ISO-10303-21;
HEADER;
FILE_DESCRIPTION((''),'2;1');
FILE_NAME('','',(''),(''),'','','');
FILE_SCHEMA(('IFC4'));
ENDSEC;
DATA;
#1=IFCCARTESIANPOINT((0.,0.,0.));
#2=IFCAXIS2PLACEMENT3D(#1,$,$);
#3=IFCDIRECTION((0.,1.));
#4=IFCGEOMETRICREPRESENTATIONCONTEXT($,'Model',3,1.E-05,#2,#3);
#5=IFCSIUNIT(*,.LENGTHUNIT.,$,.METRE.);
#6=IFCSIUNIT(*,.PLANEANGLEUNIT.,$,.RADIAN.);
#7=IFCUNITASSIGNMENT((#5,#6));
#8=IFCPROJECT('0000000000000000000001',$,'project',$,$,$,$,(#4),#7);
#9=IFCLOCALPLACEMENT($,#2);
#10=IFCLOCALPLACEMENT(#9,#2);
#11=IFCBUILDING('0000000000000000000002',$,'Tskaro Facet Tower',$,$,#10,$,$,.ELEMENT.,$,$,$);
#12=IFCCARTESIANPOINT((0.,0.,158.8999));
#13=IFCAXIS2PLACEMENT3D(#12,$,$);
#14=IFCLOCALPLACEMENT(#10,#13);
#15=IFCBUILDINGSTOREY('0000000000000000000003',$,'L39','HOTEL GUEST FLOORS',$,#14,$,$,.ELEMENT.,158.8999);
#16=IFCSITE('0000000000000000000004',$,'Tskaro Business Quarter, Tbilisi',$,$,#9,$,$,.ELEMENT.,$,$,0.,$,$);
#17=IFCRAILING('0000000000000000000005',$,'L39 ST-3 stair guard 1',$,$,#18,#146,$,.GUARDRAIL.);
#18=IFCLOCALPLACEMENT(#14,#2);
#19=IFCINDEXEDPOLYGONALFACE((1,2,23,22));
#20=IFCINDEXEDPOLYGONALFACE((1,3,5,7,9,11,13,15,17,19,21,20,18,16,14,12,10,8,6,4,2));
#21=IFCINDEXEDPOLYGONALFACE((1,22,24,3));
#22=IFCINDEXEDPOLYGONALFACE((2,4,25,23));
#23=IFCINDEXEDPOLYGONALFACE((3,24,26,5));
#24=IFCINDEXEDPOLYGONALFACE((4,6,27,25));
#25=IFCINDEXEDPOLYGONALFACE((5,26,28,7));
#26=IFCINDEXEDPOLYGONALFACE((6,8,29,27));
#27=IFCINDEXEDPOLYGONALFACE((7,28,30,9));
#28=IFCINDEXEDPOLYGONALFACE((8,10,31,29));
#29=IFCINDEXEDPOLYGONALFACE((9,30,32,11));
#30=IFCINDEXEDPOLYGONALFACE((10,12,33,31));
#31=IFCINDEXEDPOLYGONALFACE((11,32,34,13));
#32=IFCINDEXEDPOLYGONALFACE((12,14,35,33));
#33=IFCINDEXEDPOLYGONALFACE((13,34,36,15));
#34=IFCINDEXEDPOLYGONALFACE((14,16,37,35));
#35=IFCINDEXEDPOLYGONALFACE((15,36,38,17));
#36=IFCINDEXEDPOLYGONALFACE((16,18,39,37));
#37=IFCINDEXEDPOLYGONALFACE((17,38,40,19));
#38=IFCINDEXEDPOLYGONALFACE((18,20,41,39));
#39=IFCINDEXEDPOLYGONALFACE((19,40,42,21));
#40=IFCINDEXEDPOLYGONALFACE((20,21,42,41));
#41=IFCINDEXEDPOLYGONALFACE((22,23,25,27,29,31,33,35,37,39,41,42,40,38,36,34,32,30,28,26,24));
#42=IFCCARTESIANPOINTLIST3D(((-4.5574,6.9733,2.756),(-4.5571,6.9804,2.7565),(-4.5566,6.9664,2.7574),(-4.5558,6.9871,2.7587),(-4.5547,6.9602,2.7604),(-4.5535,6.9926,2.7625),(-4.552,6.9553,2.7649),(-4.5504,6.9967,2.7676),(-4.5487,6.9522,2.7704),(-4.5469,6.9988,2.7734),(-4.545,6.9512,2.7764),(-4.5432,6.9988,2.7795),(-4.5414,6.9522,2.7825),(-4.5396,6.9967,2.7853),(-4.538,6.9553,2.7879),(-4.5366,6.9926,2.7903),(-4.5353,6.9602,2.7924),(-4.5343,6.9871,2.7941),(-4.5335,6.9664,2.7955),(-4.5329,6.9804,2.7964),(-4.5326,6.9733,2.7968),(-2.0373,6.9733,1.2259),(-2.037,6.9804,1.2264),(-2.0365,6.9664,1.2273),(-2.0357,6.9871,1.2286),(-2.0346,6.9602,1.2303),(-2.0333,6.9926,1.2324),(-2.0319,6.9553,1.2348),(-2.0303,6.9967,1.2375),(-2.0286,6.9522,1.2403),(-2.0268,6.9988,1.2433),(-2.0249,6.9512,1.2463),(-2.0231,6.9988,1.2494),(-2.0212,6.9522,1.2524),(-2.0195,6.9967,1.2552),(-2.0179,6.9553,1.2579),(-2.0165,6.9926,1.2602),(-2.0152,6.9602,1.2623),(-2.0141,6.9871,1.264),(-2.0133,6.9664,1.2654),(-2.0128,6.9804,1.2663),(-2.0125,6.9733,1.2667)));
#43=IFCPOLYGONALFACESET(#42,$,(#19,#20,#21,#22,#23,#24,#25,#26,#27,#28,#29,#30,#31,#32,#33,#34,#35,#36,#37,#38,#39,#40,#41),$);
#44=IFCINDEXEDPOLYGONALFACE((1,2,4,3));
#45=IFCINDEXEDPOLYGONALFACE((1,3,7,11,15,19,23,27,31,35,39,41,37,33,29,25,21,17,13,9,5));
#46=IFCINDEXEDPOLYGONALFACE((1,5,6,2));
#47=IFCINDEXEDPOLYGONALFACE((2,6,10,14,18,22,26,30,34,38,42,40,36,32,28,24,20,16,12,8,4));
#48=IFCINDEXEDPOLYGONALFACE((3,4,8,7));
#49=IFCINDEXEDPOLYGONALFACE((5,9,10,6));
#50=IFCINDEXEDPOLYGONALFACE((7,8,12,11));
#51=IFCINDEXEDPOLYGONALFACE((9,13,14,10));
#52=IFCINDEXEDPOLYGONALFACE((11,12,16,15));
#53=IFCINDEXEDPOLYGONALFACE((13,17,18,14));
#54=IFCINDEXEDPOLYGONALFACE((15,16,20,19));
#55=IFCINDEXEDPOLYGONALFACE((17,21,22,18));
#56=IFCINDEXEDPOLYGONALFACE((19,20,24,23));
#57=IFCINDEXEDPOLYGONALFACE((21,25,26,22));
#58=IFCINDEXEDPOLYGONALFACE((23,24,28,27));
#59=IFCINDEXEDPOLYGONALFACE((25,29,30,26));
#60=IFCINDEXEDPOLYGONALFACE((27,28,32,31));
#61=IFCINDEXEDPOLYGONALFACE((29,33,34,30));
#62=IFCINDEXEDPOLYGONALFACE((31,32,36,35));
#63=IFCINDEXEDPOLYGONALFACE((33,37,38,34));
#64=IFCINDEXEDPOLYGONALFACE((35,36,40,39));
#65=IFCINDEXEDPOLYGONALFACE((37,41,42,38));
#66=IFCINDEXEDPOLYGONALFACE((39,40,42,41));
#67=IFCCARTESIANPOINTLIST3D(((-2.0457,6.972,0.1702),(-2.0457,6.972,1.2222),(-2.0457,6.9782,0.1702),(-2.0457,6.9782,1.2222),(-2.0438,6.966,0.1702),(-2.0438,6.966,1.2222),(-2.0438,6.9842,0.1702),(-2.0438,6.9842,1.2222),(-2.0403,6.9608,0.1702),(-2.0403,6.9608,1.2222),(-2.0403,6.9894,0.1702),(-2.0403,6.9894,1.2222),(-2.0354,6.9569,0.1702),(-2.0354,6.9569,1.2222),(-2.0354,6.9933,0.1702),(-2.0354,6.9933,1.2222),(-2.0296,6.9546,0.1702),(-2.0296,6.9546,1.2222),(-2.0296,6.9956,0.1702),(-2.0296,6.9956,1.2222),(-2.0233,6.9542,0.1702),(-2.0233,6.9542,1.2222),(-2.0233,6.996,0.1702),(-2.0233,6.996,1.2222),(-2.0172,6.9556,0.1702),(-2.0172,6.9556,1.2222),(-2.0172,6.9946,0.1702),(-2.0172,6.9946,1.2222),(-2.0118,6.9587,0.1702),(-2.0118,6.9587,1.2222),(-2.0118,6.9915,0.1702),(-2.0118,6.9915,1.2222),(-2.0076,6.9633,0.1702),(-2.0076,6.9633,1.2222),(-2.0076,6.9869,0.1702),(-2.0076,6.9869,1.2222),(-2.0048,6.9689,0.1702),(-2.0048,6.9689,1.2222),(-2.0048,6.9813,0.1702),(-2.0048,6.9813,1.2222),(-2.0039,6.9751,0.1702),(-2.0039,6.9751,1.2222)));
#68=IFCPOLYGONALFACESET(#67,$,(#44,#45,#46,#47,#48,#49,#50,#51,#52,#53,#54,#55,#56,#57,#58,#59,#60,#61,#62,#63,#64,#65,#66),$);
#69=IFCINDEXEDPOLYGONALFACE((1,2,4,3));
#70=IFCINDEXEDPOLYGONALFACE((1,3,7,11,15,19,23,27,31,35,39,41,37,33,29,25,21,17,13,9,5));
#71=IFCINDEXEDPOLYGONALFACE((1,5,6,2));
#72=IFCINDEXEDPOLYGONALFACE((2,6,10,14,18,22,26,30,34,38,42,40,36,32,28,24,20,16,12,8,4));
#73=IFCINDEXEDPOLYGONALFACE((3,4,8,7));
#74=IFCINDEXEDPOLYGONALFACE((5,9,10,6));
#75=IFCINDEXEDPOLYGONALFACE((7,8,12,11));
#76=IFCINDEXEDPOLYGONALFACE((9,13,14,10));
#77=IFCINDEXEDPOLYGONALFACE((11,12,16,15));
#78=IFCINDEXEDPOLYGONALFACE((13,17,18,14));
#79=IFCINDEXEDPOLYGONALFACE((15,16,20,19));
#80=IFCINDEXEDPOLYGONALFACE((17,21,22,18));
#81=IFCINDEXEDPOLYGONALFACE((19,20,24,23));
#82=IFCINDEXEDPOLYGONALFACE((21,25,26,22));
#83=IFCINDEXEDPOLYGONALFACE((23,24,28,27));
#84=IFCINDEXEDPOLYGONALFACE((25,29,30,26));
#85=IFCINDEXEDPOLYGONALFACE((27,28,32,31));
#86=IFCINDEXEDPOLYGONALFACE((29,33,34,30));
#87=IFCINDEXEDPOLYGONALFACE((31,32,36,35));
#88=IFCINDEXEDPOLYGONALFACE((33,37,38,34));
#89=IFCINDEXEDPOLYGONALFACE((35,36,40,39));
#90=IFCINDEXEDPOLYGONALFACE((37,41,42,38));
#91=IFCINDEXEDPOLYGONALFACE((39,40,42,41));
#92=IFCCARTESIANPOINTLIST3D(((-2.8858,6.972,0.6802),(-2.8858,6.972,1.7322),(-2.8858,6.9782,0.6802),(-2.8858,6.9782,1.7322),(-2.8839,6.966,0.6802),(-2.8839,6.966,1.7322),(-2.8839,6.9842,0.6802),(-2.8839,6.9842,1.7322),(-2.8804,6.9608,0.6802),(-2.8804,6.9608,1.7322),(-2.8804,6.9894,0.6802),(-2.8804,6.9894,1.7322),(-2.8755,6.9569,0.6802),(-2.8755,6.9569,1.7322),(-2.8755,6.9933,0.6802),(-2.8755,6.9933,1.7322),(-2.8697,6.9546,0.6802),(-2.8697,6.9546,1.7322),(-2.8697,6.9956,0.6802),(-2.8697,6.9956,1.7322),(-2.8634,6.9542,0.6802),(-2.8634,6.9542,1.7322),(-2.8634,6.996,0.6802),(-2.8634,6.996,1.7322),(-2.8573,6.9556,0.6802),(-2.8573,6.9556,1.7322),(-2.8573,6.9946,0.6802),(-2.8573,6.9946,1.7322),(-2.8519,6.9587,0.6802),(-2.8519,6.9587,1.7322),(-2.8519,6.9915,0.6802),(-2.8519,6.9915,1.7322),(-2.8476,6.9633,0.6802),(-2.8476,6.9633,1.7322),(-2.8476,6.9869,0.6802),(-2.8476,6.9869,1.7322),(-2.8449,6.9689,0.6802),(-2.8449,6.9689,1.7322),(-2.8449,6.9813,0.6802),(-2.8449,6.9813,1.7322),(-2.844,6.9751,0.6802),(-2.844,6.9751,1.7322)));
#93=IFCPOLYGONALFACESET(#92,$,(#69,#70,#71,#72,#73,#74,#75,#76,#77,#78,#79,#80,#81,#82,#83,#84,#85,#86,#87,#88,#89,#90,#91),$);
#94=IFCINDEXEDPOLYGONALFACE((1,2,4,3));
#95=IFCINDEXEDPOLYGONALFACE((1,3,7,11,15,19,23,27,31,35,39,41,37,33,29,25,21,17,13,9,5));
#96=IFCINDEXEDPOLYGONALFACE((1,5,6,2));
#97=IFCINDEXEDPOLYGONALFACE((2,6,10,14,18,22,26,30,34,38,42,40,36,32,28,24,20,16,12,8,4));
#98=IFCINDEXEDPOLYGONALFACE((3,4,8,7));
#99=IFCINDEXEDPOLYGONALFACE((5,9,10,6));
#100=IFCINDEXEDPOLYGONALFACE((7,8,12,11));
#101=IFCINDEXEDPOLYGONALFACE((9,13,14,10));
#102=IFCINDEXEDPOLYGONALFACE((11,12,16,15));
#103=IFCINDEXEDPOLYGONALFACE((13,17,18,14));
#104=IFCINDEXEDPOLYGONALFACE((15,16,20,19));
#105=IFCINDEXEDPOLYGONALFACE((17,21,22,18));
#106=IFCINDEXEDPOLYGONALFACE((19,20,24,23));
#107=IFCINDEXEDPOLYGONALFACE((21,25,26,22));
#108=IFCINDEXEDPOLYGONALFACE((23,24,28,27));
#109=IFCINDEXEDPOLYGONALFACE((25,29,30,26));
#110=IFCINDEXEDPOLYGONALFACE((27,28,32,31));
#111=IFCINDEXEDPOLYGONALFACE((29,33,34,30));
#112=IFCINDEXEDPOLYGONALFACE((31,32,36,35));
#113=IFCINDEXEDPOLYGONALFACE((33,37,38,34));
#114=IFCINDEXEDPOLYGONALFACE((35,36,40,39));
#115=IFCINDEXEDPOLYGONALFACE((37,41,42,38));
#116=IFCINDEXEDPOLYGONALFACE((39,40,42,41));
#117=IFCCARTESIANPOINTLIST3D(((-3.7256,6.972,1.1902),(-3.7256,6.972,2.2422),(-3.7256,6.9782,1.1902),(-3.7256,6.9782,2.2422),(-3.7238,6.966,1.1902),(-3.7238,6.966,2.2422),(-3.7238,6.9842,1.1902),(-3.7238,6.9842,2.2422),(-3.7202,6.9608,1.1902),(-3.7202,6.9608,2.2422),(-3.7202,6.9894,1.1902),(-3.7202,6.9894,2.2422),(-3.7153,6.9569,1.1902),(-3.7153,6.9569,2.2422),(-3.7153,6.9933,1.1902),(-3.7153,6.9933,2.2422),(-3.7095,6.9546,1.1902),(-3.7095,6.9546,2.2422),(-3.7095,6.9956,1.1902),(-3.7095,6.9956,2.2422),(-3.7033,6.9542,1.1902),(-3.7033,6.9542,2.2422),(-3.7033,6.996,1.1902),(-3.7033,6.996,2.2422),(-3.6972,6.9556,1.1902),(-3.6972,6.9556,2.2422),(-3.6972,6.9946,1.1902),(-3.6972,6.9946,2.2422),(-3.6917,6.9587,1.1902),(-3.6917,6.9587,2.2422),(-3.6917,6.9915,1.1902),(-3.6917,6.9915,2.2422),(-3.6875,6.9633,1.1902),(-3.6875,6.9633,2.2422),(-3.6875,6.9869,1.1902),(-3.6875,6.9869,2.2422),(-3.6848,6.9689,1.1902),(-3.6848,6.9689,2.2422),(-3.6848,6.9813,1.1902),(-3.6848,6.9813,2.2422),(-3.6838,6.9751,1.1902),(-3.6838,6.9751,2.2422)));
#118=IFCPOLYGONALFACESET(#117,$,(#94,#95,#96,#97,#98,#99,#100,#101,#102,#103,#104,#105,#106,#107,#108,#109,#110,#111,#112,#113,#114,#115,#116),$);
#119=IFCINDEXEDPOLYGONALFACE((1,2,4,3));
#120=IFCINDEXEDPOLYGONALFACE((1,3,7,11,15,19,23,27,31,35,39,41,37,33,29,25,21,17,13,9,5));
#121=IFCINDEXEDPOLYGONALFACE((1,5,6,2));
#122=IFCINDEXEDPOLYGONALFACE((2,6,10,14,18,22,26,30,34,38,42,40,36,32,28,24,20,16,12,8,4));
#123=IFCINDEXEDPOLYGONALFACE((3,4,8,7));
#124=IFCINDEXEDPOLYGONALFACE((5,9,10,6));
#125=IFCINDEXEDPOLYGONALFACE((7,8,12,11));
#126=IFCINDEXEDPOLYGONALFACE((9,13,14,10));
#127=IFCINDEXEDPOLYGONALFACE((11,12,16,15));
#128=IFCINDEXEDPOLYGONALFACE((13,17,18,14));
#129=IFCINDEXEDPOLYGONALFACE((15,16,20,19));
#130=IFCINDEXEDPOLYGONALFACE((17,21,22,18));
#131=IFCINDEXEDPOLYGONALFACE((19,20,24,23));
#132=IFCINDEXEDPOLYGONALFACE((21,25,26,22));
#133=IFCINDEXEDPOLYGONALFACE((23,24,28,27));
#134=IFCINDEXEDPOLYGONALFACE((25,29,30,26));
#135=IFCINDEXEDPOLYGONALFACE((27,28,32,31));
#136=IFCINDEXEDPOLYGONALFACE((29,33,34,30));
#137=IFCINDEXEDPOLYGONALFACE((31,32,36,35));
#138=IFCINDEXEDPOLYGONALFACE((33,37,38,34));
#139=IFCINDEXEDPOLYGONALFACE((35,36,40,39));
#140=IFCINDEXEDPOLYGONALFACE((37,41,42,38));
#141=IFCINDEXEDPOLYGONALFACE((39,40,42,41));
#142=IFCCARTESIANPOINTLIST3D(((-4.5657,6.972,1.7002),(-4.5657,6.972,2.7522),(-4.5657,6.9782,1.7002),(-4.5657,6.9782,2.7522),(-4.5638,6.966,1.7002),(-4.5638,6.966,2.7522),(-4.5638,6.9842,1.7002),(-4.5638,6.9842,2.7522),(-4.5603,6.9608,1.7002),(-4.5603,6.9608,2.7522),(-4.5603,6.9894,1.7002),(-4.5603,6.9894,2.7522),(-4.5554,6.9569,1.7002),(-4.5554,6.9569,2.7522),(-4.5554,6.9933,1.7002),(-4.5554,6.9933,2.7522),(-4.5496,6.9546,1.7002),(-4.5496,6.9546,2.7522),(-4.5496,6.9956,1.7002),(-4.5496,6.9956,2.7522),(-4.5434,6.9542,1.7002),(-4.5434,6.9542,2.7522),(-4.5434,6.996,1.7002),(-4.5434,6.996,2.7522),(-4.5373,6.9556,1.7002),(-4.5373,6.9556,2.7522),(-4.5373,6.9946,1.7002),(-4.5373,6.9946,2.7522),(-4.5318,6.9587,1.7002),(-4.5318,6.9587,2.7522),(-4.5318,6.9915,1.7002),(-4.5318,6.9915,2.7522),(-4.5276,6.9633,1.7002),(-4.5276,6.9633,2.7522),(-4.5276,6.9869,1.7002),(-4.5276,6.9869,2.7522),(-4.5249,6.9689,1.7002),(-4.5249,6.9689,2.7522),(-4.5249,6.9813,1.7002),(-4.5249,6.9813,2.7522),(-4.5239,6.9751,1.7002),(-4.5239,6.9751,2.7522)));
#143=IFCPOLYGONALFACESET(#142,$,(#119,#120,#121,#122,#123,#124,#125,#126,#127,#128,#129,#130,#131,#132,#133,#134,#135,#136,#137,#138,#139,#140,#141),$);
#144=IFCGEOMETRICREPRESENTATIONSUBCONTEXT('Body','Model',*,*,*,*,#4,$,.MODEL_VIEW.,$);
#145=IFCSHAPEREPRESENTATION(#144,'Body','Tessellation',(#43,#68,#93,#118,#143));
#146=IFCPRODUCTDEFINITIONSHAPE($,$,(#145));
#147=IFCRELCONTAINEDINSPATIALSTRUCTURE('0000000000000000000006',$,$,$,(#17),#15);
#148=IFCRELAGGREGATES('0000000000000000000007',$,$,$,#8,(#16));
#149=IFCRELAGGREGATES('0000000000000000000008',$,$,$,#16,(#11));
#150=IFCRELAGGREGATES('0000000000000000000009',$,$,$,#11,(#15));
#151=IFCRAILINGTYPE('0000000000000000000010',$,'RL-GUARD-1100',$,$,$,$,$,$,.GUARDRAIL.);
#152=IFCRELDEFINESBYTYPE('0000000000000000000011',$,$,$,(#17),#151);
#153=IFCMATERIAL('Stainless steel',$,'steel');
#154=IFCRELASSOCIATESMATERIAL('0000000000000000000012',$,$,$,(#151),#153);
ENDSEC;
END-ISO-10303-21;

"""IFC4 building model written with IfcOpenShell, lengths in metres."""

from ifc_helpers import new_model, si_unit, direction, frame, origin, origin_2d, place, context, subcontext, project, spatial, circle, extrude, material, type_object, element, save


model = new_model("IFC4")

# Units and contexts
model_context = context("Model", 3, precision=1e-05, world=origin(), true_north=direction((0.0, 1.0)))
body_context = subcontext(model_context, "Body", "Model", "MODEL_VIEW")
ifc_project = project(units=[si_unit("LENGTHUNIT", "METRE"), si_unit("PLANEANGLEUNIT", "RADIAN")], contexts=[model_context])

# Site, building, storey
site_placement = place(None, origin())
site = spatial("IfcSite", under=ifc_project, at=site_placement, Name="Tskaro Business Quarter, Tbilisi", CompositionType="ELEMENT", RefElevation=0.0)
building_placement = place(site_placement, origin())
building = spatial("IfcBuilding", under=site, at=building_placement, Name="Tskaro Facet Tower", CompositionType="ELEMENT")
storey_placement = place(building_placement, frame((0.0, 0.0, 158.8999)))
storey = spatial("IfcBuildingStorey", under=building, at=storey_placement, Name="L39", Description="HOTEL GUEST FLOORS", CompositionType="ELEMENT", Elevation=158.8999)

# Railing
ifc_material_1 = material(Name="Stainless steel", Category="steel")
railing_type_1 = type_object("IfcRailingType", Name="RL-GUARD-1100", PredefinedType="GUARDRAIL", material=ifc_material_1)
railing_1_placement = place(storey_placement, frame((-2.0249, 6.9751, 0.1702)))
element("IfcRailing", 1, at=railing_1_placement, inside=storey, type_object=railing_type_1, Name="L39 ST-3 stair guard 1", PredefinedType="GUARDRAIL", context=body_context, shape_type="SweptSolid", body=[
    extrude(circle(Radius=0.0239, at=origin_2d()), frame((0.0, 0.0, 1.0762), z_axis=(-0.854785, 0.0, 0.518982), x_axis=(0.0, -1.0, 0.0)), (0.0, 0.0, 1.0), 2.9482),
    extrude(circle(Radius=0.021, at=origin_2d()), origin(), (0.0, 0.0, 1.0), 1.052),
    extrude(circle(Radius=0.021, at=origin_2d()), frame((-0.8401, 0.0, 0.51)), (0.0, 0.0, 1.0), 1.052),
    extrude(circle(Radius=0.021, at=origin_2d()), frame((-1.6799, 0.0, 1.02)), (0.0, 0.0, 1.0), 1.052),
    extrude(circle(Radius=0.021, at=origin_2d()), frame((-2.52, 0.0, 1.53)), (0.0, 0.0, 1.0), 1.052),
])

save(model, "model.ifc")
